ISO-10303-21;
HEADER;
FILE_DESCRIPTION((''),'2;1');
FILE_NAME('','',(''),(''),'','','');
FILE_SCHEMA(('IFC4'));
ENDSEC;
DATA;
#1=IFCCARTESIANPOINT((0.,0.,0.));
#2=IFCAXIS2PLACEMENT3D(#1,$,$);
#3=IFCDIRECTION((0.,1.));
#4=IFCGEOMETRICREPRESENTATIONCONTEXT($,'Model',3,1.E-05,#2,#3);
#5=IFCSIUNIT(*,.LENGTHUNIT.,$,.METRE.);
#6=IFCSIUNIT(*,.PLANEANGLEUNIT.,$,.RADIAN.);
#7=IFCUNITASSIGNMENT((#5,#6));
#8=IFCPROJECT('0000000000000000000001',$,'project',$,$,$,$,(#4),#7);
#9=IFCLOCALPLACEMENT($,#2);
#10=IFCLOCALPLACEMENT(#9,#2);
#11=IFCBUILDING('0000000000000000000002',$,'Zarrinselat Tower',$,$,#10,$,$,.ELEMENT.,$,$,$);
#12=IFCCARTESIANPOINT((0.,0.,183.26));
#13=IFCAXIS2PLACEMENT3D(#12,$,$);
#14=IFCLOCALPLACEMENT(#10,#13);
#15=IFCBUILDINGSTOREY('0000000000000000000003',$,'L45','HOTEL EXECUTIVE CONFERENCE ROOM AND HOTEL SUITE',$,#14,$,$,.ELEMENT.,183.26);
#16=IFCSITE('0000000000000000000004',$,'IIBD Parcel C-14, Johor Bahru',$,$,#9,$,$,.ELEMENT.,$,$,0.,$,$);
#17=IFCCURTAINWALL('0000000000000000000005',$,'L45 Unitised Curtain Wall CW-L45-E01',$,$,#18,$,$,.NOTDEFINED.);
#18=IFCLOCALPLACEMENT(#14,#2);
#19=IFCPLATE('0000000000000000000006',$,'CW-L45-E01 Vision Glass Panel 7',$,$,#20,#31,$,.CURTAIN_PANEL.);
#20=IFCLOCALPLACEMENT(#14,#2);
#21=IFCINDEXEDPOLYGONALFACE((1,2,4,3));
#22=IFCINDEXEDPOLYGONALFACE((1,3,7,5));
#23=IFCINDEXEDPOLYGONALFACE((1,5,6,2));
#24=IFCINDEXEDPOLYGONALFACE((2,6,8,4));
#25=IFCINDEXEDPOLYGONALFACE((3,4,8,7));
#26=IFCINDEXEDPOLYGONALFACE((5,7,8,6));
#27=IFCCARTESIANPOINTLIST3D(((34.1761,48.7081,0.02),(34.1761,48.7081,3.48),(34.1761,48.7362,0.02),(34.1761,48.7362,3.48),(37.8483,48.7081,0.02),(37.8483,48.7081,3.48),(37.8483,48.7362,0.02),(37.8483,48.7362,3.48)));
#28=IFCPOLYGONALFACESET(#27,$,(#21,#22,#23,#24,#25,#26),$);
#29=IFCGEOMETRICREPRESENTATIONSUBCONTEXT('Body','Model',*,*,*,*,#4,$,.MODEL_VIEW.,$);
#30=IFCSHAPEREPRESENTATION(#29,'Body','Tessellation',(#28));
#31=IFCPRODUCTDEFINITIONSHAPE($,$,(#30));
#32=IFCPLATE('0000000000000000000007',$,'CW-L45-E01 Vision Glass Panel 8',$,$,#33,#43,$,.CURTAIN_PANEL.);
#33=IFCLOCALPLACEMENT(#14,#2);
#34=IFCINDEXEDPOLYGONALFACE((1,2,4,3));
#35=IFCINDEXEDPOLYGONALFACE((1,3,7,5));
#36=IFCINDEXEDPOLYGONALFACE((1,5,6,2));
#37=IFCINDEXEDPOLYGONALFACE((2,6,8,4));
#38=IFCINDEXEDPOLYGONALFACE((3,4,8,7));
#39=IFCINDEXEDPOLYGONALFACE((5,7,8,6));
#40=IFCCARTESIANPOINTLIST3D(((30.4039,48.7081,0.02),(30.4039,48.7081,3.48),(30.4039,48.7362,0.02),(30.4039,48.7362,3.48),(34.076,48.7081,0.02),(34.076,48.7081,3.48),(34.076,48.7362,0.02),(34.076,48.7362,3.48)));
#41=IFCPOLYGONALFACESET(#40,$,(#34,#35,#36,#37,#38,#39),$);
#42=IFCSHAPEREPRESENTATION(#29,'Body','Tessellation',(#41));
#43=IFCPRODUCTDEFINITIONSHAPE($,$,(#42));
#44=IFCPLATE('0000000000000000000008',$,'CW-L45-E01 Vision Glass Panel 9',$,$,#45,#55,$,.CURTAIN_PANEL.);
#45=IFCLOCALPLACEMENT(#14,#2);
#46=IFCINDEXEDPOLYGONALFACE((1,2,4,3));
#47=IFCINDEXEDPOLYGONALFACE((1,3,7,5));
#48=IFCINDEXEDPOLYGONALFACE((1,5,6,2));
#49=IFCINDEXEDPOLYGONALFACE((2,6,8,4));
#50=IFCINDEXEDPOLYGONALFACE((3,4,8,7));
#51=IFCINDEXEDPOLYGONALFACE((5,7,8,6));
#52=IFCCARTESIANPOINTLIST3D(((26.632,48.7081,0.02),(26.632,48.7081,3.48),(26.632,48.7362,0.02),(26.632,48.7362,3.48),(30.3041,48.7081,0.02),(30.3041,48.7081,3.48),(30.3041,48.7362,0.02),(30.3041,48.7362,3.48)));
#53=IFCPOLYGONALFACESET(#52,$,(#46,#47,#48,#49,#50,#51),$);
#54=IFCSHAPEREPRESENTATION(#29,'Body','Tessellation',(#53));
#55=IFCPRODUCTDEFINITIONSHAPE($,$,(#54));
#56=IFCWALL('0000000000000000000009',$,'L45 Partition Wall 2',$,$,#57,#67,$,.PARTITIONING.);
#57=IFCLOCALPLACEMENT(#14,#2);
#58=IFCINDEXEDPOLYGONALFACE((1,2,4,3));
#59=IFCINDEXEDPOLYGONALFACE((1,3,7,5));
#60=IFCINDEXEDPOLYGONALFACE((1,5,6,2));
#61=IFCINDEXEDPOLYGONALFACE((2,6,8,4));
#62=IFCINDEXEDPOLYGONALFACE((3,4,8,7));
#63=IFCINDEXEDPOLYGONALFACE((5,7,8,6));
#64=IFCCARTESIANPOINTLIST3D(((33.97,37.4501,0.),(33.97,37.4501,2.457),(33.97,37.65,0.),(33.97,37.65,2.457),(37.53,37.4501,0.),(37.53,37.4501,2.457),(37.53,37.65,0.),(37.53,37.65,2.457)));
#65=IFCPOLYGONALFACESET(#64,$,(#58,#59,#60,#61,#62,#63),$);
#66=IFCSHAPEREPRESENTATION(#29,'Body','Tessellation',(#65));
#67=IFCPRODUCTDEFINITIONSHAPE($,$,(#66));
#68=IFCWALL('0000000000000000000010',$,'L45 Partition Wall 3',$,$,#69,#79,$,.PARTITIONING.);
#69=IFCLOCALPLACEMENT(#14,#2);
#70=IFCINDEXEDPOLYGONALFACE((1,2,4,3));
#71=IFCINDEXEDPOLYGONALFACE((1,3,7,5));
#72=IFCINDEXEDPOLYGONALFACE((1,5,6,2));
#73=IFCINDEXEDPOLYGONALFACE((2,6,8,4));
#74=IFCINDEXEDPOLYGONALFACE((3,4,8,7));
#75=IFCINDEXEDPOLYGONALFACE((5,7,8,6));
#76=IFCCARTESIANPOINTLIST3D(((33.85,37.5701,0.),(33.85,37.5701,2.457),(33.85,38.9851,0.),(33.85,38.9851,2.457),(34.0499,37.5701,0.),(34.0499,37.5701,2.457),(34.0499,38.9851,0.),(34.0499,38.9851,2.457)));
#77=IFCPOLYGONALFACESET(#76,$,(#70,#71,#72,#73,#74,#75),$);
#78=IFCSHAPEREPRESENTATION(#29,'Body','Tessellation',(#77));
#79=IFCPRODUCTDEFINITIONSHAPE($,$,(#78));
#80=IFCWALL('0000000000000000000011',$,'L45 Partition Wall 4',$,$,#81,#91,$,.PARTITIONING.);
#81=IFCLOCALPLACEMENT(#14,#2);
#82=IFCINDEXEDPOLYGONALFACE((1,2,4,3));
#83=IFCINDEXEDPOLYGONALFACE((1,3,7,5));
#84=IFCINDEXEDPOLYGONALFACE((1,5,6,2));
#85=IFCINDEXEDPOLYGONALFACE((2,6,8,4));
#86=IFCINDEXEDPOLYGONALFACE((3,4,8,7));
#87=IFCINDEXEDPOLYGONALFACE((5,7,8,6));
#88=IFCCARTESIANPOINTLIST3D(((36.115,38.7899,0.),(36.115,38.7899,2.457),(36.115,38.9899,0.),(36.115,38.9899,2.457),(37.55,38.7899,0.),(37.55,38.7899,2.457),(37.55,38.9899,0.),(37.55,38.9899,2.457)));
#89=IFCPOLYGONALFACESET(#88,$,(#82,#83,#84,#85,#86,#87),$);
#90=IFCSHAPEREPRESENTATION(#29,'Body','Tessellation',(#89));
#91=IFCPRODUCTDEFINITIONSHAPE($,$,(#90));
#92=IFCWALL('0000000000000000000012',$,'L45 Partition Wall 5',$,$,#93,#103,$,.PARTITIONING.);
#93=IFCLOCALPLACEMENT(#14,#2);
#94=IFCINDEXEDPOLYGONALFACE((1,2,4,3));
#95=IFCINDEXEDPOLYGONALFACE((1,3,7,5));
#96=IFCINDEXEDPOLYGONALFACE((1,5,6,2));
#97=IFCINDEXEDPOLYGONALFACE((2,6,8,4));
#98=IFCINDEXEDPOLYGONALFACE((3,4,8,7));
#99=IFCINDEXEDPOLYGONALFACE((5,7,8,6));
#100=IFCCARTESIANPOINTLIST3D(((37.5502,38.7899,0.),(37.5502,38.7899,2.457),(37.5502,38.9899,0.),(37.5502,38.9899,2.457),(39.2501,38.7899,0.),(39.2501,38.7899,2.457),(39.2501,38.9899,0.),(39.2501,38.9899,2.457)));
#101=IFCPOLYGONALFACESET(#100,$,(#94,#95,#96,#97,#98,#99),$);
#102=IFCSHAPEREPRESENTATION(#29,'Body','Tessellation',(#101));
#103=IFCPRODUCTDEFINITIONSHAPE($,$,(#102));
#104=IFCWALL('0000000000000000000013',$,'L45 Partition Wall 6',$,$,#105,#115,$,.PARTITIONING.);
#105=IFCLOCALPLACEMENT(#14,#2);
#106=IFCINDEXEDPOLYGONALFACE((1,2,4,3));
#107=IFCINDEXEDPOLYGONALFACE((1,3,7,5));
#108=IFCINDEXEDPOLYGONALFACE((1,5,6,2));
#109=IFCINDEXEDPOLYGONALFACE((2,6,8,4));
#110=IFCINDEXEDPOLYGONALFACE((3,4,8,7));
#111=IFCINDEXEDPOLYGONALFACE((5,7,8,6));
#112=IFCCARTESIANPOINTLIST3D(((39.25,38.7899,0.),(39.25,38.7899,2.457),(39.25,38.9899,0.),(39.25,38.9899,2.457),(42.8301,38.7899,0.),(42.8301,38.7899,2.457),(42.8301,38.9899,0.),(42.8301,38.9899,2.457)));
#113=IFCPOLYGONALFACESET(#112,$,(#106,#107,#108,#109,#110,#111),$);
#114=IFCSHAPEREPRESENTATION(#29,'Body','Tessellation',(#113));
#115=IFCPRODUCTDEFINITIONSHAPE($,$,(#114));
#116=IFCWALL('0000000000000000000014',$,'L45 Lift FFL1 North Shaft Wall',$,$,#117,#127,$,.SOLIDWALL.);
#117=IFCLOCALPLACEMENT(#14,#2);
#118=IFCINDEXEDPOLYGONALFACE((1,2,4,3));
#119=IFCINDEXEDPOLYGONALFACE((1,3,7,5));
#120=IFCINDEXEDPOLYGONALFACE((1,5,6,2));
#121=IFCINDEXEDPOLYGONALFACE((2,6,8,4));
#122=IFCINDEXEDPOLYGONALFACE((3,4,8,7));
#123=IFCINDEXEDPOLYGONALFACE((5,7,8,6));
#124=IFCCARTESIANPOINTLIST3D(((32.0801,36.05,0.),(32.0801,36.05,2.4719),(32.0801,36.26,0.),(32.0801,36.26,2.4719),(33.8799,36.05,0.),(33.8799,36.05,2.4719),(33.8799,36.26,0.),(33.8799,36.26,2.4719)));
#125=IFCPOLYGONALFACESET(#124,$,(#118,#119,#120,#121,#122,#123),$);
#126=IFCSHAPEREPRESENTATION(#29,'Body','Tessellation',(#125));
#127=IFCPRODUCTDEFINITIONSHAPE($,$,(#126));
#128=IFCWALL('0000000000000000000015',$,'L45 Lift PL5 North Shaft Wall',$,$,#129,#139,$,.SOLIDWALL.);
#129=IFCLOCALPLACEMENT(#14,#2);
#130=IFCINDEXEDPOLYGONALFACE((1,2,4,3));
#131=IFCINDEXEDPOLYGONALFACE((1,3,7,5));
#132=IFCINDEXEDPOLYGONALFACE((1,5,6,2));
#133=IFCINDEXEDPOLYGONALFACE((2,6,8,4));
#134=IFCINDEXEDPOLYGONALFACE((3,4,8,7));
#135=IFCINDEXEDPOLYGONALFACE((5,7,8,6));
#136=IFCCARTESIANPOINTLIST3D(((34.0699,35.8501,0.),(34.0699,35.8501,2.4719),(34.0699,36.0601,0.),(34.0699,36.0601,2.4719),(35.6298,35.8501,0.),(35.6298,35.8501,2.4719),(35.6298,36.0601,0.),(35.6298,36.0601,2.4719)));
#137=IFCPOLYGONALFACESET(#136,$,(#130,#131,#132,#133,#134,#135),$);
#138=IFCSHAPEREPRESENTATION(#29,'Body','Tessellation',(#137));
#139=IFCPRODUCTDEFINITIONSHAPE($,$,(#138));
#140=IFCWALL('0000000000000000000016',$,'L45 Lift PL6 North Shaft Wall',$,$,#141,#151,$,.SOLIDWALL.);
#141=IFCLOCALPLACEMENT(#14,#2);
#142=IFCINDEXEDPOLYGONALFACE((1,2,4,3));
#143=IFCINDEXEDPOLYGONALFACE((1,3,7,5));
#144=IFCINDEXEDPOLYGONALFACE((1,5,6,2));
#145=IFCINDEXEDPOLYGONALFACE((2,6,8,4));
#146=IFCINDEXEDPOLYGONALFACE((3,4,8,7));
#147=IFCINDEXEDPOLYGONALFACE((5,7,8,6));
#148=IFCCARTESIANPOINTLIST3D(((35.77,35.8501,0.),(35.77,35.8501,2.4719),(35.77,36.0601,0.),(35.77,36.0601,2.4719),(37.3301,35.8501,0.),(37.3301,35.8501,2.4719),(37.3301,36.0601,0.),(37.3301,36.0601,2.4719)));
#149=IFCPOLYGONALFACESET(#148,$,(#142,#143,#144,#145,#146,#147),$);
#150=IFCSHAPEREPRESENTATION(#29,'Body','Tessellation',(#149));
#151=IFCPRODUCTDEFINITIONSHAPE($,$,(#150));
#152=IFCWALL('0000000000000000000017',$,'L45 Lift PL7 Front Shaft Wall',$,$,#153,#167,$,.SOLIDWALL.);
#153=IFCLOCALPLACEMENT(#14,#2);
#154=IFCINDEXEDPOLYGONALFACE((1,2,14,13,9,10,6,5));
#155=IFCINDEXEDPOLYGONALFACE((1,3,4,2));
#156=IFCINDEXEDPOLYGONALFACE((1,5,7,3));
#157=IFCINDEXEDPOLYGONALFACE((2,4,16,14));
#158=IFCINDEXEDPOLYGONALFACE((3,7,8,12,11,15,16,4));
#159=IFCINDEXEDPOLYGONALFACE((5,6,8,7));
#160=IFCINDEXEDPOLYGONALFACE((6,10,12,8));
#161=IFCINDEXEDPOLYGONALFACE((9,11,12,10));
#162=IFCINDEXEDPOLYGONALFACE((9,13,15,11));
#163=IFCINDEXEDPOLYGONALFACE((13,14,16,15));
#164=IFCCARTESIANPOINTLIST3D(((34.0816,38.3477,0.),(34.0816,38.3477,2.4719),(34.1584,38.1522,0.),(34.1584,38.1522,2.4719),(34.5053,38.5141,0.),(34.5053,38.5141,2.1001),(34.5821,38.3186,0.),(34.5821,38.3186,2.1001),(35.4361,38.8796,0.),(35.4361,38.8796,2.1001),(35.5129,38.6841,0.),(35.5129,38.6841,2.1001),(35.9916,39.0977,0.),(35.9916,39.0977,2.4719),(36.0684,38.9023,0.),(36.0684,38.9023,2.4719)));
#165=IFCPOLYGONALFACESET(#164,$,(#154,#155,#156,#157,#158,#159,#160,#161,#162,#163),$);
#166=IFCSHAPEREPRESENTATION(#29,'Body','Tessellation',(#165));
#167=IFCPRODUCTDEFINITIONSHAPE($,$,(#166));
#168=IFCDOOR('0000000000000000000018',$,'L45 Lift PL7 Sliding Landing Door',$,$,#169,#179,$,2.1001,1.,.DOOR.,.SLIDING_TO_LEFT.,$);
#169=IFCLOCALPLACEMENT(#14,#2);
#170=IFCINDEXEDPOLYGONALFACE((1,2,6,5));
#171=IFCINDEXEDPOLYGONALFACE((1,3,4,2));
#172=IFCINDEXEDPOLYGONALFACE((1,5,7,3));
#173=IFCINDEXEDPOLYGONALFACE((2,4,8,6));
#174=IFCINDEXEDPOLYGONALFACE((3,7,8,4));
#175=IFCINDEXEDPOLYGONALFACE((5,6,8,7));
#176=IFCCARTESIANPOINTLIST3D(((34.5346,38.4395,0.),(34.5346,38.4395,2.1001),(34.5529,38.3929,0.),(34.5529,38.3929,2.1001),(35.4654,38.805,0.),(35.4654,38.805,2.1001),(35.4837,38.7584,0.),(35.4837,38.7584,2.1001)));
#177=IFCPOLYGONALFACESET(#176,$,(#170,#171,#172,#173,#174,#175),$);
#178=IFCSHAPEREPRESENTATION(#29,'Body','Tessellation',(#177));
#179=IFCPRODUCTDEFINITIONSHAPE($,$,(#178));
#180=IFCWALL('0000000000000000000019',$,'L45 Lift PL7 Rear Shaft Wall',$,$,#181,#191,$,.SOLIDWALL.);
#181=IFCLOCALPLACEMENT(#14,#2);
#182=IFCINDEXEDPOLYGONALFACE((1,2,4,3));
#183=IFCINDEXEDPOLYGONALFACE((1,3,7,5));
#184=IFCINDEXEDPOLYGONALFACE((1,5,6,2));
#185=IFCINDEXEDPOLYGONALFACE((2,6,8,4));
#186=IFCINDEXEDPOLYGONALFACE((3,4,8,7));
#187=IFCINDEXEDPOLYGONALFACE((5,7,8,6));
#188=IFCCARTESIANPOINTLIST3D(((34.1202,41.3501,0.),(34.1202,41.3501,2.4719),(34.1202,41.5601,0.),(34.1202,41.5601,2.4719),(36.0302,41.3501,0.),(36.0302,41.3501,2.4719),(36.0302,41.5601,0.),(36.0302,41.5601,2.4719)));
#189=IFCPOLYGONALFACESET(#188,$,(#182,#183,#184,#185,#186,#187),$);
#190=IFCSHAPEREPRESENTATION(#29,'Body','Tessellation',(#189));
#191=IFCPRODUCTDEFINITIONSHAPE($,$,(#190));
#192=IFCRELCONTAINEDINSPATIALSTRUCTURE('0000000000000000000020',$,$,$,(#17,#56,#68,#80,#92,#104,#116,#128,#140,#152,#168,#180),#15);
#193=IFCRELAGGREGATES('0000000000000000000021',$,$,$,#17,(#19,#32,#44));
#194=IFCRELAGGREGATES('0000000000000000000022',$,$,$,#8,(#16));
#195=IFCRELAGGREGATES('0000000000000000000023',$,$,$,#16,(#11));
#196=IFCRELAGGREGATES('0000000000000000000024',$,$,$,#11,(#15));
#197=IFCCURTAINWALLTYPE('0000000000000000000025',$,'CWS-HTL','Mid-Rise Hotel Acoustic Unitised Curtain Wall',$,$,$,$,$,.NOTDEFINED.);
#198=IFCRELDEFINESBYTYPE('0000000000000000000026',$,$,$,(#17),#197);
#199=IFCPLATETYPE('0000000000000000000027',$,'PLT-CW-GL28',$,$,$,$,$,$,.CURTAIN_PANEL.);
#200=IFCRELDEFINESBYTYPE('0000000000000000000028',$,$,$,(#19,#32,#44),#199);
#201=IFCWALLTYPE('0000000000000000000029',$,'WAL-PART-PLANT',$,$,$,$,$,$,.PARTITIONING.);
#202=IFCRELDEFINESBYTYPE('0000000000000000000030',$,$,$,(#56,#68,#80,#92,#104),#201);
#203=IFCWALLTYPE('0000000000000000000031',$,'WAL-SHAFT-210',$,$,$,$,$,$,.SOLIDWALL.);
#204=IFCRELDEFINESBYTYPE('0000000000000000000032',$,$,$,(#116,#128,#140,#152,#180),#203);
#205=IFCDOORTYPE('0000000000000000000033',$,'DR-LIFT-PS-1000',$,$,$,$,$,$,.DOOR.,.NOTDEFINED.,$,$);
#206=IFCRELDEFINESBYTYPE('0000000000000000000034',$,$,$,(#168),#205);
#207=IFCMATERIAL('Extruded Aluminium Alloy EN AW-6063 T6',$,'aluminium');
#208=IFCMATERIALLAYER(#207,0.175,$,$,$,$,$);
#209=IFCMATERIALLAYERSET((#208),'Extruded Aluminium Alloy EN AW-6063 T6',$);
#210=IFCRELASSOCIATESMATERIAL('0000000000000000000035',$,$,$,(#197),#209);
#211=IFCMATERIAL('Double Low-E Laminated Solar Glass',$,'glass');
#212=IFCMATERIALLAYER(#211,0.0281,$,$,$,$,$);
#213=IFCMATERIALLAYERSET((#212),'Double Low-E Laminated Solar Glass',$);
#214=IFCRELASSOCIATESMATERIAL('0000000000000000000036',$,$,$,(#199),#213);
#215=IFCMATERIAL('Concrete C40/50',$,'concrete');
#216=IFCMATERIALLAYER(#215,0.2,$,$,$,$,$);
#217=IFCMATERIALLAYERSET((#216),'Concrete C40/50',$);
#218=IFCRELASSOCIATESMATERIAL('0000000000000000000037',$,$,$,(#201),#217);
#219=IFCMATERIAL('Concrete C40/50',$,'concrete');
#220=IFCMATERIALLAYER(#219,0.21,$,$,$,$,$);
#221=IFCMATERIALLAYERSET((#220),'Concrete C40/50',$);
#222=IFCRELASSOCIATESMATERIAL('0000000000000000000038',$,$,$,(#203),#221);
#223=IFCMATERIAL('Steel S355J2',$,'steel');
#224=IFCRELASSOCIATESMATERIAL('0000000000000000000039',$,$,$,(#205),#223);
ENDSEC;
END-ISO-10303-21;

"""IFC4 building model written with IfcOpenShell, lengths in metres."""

from ifc_helpers import new_model, si_unit, direction, frame, frame_2d, origin, origin_2d, place, context, subcontext, project, spatial, rectangle, extrude, material, layer, layer_set, type_object, element, fill, aggregate, save


model = new_model("IFC4")

# Units and contexts
model_context = context("Model", 3, precision=1e-05, world=origin(), true_north=direction((0.0, 1.0)))
body_context = subcontext(model_context, "Body", "Model", "MODEL_VIEW")
ifc_project = project(units=[si_unit("LENGTHUNIT", "METRE"), si_unit("PLANEANGLEUNIT", "RADIAN")], contexts=[model_context])

# Site, building, storey
site_placement = place(None, origin())
site = spatial("IfcSite", under=ifc_project, at=site_placement, Name="IIBD Parcel C-14, Johor Bahru", CompositionType="ELEMENT", RefElevation=0.0)
building_placement = place(site_placement, origin())
building = spatial("IfcBuilding", under=site, at=building_placement, Name="Zarrinselat Tower", CompositionType="ELEMENT")
storey_placement = place(building_placement, frame((0.0, 0.0, 183.26)))
storey = spatial("IfcBuildingStorey", under=building, at=storey_placement, Name="L45", Description="HOTEL EXECUTIVE CONFERENCE ROOM AND HOTEL SUITE", CompositionType="ELEMENT", Elevation=183.26)

# Curtain wall, plates
ifc_material_1 = material(Name="Extruded Aluminium Alloy EN AW-6063 T6", Category="aluminium")
ifc_layer_1 = layer(ifc_material_1, 0.175)
ifc_layer_set_1 = layer_set([ifc_layer_1], Name="Extruded Aluminium Alloy EN AW-6063 T6")
curtain_wall_type = type_object("IfcCurtainWallType", Name="CWS-HTL", Description="Mid-Rise Hotel Acoustic Unitised Curtain Wall", PredefinedType="NOTDEFINED", material=ifc_layer_set_1)
curtain_wall_placement = place(storey_placement, origin())
curtain_wall = element("IfcCurtainWall", 1, at=curtain_wall_placement, inside=storey, type_object=curtain_wall_type, Name="L45 Unitised Curtain Wall CW-L45-E01", PredefinedType="NOTDEFINED")
ifc_material_2 = material(Name="Double Low-E Laminated Solar Glass", Category="glass")
ifc_layer_2 = layer(ifc_material_2, 0.0281)
ifc_layer_set_2 = layer_set([ifc_layer_2], Name="Double Low-E Laminated Solar Glass")
plate_type = type_object("IfcPlateType", Name="PLT-CW-GL28", PredefinedType="CURTAIN_PANEL", material=ifc_layer_set_2)
plate_1_placement = place(storey_placement, frame((36.0122, 48.7222, 0.02), z_axis=(0.0, 0.0, 1.0), x_axis=(-1.0, 0.0, 0.0)))
plate_1 = element("IfcPlate", 2, at=plate_1_placement, type_object=plate_type, Name="CW-L45-E01 Vision Glass Panel 7", PredefinedType="CURTAIN_PANEL", context=body_context, shape_type="SweptSolid", body=[
    extrude(rectangle(XDim=3.6721, YDim=0.0281, at=origin_2d()), origin(), (0.0, 0.0, 1.0), 3.46),
])
plate_2_placement = place(storey_placement, frame((32.24, 48.7222, 0.02), z_axis=(0.0, 0.0, 1.0), x_axis=(-1.0, 0.0, 0.0)))
plate_2 = element("IfcPlate", 3, at=plate_2_placement, type_object=plate_type, Name="CW-L45-E01 Vision Glass Panel 8", PredefinedType="CURTAIN_PANEL", context=body_context, shape_type="SweptSolid", body=[
    extrude(rectangle(XDim=3.6721, YDim=0.0281, at=origin_2d()), origin(), (0.0, 0.0, 1.0), 3.46),
])
plate_3_placement = place(storey_placement, frame((28.468, 48.7222, 0.02), z_axis=(0.0, 0.0, 1.0), x_axis=(-1.0, 0.0, 0.0)))
plate_3 = element("IfcPlate", 4, at=plate_3_placement, type_object=plate_type, Name="CW-L45-E01 Vision Glass Panel 9", PredefinedType="CURTAIN_PANEL", context=body_context, shape_type="SweptSolid", body=[
    extrude(rectangle(XDim=3.6721, YDim=0.0281, at=origin_2d()), origin(), (0.0, 0.0, 1.0), 3.46),
])
aggregate(curtain_wall, [plate_1, plate_2, plate_3])

# Walls
ifc_material_3 = material(Name="Concrete C40/50", Category="concrete")
ifc_layer_3 = layer(ifc_material_3, 0.2)
ifc_layer_set_3 = layer_set([ifc_layer_3], Name="Concrete C40/50")
wall_type_1 = type_object("IfcWallType", Name="WAL-PART-PLANT", PredefinedType="PARTITIONING", material=ifc_layer_set_3)
wall_1_placement = place(storey_placement, frame((33.97, 37.55, 0.0), z_axis=(0.0, 0.0, 1.0), x_axis=(1.0, 0.0, 0.0)))
element("IfcWall", 5, at=wall_1_placement, inside=storey, type_object=wall_type_1, Name="L45 Partition Wall 2", PredefinedType="PARTITIONING", context=body_context, shape_type="SweptSolid", body=[
    extrude(rectangle(XDim=3.5601, YDim=0.2, at=frame_2d((1.78, 0.0))), origin(), (0.0, 0.0, 1.0), 2.457),
])
wall_2_placement = place(storey_placement, frame((33.95, 37.5701, 0.0), z_axis=(0.0, 0.0, 1.0), x_axis=(0.0, 1.0, 0.0)))
element("IfcWall", 6, at=wall_2_placement, inside=storey, type_object=wall_type_1, Name="L45 Partition Wall 3", PredefinedType="PARTITIONING", context=body_context, shape_type="SweptSolid", body=[
    extrude(rectangle(XDim=1.415, YDim=0.2, at=frame_2d((0.7075, 0.0))), origin(), (0.0, 0.0, 1.0), 2.457),
])
wall_3_placement = place(storey_placement, frame((36.115, 38.8899, 0.0), z_axis=(0.0, 0.0, 1.0), x_axis=(1.0, 0.0, 0.0)))
element("IfcWall", 7, at=wall_3_placement, inside=storey, type_object=wall_type_1, Name="L45 Partition Wall 4", PredefinedType="PARTITIONING", context=body_context, shape_type="SweptSolid", body=[
    extrude(rectangle(XDim=1.4351, YDim=0.2, at=frame_2d((0.7175, 0.0))), origin(), (0.0, 0.0, 1.0), 2.457),
])
wall_4_placement = place(storey_placement, frame((37.55, 38.8899, 0.0), z_axis=(0.0, 0.0, 1.0), x_axis=(1.0, 0.0, 0.0)))
element("IfcWall", 8, at=wall_4_placement, inside=storey, type_object=wall_type_1, Name="L45 Partition Wall 5", PredefinedType="PARTITIONING", context=body_context, shape_type="SweptSolid", body=[
    extrude(rectangle(XDim=1.7, YDim=0.2, at=frame_2d((0.8501, 0.0))), origin(), (0.0, 0.0, 1.0), 2.457),
])
wall_5_placement = place(storey_placement, frame((39.25, 38.8899, 0.0), z_axis=(0.0, 0.0, 1.0), x_axis=(1.0, 0.0, 0.0)))
element("IfcWall", 9, at=wall_5_placement, inside=storey, type_object=wall_type_1, Name="L45 Partition Wall 6", PredefinedType="PARTITIONING", context=body_context, shape_type="SweptSolid", body=[
    extrude(rectangle(XDim=3.5801, YDim=0.2, at=frame_2d((1.79, 0.0))), origin(), (0.0, 0.0, 1.0), 2.457),
])
ifc_material_4 = material(Name="Concrete C40/50", Category="concrete")
ifc_layer_4 = layer(ifc_material_4, 0.21)
ifc_layer_set_4 = layer_set([ifc_layer_4], Name="Concrete C40/50")
wall_type_2 = type_object("IfcWallType", Name="WAL-SHAFT-210", PredefinedType="SOLIDWALL", material=ifc_layer_set_4)
wall_6_placement = place(storey_placement, frame((32.0801, 36.155, 0.0), z_axis=(0.0, 0.0, 1.0), x_axis=(1.0, 0.0, 0.0)))
element("IfcWall", 10, at=wall_6_placement, inside=storey, type_object=wall_type_2, Name="L45 Lift FFL1 North Shaft Wall", PredefinedType="SOLIDWALL", context=body_context, shape_type="SweptSolid", body=[
    extrude(rectangle(XDim=1.7998, YDim=0.21, at=frame_2d((0.8999, 0.0))), origin(), (0.0, 0.0, 1.0), 2.4719),
])
wall_7_placement = place(storey_placement, frame((34.0701, 35.9551, 0.0), z_axis=(0.0, 0.0, 1.0), x_axis=(1.0, 0.0, 0.0)))
element("IfcWall", 11, at=wall_7_placement, inside=storey, type_object=wall_type_2, Name="L45 Lift PL5 North Shaft Wall", PredefinedType="SOLIDWALL", context=body_context, shape_type="SweptSolid", body=[
    extrude(rectangle(XDim=1.5598, YDim=0.21, at=frame_2d((0.7798, 0.0))), origin(), (0.0, 0.0, 1.0), 2.4719),
])
wall_8_placement = place(storey_placement, frame((35.77, 35.9551, 0.0), z_axis=(0.0, 0.0, 1.0), x_axis=(1.0, 0.0, 0.0)))
element("IfcWall", 12, at=wall_8_placement, inside=storey, type_object=wall_type_2, Name="L45 Lift PL6 North Shaft Wall", PredefinedType="SOLIDWALL", context=body_context, shape_type="SweptSolid", body=[
    extrude(rectangle(XDim=1.5601, YDim=0.21, at=frame_2d((0.78, 0.0))), origin(), (0.0, 0.0, 1.0), 2.4719),
])

# Wall, opening, door
wall_9_placement = place(storey_placement, frame((34.1201, 38.25, 0.0), z_axis=(0.0, 0.0, 1.0), x_axis=(0.930805, 0.365516, 0.0)))
wall_9 = element("IfcWall", 13, at=wall_9_placement, inside=storey, type_object=wall_type_2, Name="L45 Lift PL7 Front Shaft Wall", PredefinedType="SOLIDWALL", context=body_context, shape_type="SweptSolid", body=[
    extrude(rectangle(XDim=2.052, YDim=0.21, at=frame_2d((1.0259, 0.0))), origin(), (0.0, 0.0, 1.0), 2.4719),
])
opening_placement = place(wall_9_placement, frame((0.4551, 0.0, 0.0)))
opening = element("IfcOpeningElement", 14, at=opening_placement, cuts=wall_9, PredefinedType="OPENING", context=body_context, shape_type="SweptSolid", body=[
    extrude(rectangle(XDim=1.0, YDim=2.1001, at=frame_2d((0.5, 1.05))), frame((0.0, 0.115, 0.0), z_axis=(0.0, -1.0, 0.0), x_axis=(1.0, 0.0, 0.0)), (0.0, 0.0, 1.0), 0.23),
])
ifc_material_5 = material(Name="Steel S355J2", Category="steel")
door_type = type_object("IfcDoorType", Name="DR-LIFT-PS-1000", OperationType="NOTDEFINED", PredefinedType="DOOR", material=ifc_material_5)
door_placement = place(opening_placement, origin())
door = element("IfcDoor", 15, at=door_placement, inside=storey, type_object=door_type, Name="L45 Lift PL7 Sliding Landing Door", OperationType="SLIDING_TO_LEFT", OverallHeight=2.1001, OverallWidth=1.0, PredefinedType="DOOR", context=body_context, shape_type="SweptSolid", body=[
    extrude(rectangle(XDim=1.0, YDim=2.1001, at=frame_2d((0.5, 1.05))), frame((0.0, 0.0249, 0.0), z_axis=(0.0, -1.0, 0.0), x_axis=(1.0, 0.0, 0.0)), (0.0, 0.0, 1.0), 0.05),
])
fill(opening, door)

# Wall
wall_10_placement = place(storey_placement, frame((34.1201, 41.4551, 0.0), z_axis=(0.0, 0.0, 1.0), x_axis=(1.0, 0.0, 0.0)))
element("IfcWall", 16, at=wall_10_placement, inside=storey, type_object=wall_type_2, Name="L45 Lift PL7 Rear Shaft Wall", PredefinedType="SOLIDWALL", context=body_context, shape_type="SweptSolid", body=[
    extrude(rectangle(XDim=1.9099, YDim=0.21, at=frame_2d((0.9551, 0.0))), origin(), (0.0, 0.0, 1.0), 2.4719),
])

save(model, "model.ifc")
